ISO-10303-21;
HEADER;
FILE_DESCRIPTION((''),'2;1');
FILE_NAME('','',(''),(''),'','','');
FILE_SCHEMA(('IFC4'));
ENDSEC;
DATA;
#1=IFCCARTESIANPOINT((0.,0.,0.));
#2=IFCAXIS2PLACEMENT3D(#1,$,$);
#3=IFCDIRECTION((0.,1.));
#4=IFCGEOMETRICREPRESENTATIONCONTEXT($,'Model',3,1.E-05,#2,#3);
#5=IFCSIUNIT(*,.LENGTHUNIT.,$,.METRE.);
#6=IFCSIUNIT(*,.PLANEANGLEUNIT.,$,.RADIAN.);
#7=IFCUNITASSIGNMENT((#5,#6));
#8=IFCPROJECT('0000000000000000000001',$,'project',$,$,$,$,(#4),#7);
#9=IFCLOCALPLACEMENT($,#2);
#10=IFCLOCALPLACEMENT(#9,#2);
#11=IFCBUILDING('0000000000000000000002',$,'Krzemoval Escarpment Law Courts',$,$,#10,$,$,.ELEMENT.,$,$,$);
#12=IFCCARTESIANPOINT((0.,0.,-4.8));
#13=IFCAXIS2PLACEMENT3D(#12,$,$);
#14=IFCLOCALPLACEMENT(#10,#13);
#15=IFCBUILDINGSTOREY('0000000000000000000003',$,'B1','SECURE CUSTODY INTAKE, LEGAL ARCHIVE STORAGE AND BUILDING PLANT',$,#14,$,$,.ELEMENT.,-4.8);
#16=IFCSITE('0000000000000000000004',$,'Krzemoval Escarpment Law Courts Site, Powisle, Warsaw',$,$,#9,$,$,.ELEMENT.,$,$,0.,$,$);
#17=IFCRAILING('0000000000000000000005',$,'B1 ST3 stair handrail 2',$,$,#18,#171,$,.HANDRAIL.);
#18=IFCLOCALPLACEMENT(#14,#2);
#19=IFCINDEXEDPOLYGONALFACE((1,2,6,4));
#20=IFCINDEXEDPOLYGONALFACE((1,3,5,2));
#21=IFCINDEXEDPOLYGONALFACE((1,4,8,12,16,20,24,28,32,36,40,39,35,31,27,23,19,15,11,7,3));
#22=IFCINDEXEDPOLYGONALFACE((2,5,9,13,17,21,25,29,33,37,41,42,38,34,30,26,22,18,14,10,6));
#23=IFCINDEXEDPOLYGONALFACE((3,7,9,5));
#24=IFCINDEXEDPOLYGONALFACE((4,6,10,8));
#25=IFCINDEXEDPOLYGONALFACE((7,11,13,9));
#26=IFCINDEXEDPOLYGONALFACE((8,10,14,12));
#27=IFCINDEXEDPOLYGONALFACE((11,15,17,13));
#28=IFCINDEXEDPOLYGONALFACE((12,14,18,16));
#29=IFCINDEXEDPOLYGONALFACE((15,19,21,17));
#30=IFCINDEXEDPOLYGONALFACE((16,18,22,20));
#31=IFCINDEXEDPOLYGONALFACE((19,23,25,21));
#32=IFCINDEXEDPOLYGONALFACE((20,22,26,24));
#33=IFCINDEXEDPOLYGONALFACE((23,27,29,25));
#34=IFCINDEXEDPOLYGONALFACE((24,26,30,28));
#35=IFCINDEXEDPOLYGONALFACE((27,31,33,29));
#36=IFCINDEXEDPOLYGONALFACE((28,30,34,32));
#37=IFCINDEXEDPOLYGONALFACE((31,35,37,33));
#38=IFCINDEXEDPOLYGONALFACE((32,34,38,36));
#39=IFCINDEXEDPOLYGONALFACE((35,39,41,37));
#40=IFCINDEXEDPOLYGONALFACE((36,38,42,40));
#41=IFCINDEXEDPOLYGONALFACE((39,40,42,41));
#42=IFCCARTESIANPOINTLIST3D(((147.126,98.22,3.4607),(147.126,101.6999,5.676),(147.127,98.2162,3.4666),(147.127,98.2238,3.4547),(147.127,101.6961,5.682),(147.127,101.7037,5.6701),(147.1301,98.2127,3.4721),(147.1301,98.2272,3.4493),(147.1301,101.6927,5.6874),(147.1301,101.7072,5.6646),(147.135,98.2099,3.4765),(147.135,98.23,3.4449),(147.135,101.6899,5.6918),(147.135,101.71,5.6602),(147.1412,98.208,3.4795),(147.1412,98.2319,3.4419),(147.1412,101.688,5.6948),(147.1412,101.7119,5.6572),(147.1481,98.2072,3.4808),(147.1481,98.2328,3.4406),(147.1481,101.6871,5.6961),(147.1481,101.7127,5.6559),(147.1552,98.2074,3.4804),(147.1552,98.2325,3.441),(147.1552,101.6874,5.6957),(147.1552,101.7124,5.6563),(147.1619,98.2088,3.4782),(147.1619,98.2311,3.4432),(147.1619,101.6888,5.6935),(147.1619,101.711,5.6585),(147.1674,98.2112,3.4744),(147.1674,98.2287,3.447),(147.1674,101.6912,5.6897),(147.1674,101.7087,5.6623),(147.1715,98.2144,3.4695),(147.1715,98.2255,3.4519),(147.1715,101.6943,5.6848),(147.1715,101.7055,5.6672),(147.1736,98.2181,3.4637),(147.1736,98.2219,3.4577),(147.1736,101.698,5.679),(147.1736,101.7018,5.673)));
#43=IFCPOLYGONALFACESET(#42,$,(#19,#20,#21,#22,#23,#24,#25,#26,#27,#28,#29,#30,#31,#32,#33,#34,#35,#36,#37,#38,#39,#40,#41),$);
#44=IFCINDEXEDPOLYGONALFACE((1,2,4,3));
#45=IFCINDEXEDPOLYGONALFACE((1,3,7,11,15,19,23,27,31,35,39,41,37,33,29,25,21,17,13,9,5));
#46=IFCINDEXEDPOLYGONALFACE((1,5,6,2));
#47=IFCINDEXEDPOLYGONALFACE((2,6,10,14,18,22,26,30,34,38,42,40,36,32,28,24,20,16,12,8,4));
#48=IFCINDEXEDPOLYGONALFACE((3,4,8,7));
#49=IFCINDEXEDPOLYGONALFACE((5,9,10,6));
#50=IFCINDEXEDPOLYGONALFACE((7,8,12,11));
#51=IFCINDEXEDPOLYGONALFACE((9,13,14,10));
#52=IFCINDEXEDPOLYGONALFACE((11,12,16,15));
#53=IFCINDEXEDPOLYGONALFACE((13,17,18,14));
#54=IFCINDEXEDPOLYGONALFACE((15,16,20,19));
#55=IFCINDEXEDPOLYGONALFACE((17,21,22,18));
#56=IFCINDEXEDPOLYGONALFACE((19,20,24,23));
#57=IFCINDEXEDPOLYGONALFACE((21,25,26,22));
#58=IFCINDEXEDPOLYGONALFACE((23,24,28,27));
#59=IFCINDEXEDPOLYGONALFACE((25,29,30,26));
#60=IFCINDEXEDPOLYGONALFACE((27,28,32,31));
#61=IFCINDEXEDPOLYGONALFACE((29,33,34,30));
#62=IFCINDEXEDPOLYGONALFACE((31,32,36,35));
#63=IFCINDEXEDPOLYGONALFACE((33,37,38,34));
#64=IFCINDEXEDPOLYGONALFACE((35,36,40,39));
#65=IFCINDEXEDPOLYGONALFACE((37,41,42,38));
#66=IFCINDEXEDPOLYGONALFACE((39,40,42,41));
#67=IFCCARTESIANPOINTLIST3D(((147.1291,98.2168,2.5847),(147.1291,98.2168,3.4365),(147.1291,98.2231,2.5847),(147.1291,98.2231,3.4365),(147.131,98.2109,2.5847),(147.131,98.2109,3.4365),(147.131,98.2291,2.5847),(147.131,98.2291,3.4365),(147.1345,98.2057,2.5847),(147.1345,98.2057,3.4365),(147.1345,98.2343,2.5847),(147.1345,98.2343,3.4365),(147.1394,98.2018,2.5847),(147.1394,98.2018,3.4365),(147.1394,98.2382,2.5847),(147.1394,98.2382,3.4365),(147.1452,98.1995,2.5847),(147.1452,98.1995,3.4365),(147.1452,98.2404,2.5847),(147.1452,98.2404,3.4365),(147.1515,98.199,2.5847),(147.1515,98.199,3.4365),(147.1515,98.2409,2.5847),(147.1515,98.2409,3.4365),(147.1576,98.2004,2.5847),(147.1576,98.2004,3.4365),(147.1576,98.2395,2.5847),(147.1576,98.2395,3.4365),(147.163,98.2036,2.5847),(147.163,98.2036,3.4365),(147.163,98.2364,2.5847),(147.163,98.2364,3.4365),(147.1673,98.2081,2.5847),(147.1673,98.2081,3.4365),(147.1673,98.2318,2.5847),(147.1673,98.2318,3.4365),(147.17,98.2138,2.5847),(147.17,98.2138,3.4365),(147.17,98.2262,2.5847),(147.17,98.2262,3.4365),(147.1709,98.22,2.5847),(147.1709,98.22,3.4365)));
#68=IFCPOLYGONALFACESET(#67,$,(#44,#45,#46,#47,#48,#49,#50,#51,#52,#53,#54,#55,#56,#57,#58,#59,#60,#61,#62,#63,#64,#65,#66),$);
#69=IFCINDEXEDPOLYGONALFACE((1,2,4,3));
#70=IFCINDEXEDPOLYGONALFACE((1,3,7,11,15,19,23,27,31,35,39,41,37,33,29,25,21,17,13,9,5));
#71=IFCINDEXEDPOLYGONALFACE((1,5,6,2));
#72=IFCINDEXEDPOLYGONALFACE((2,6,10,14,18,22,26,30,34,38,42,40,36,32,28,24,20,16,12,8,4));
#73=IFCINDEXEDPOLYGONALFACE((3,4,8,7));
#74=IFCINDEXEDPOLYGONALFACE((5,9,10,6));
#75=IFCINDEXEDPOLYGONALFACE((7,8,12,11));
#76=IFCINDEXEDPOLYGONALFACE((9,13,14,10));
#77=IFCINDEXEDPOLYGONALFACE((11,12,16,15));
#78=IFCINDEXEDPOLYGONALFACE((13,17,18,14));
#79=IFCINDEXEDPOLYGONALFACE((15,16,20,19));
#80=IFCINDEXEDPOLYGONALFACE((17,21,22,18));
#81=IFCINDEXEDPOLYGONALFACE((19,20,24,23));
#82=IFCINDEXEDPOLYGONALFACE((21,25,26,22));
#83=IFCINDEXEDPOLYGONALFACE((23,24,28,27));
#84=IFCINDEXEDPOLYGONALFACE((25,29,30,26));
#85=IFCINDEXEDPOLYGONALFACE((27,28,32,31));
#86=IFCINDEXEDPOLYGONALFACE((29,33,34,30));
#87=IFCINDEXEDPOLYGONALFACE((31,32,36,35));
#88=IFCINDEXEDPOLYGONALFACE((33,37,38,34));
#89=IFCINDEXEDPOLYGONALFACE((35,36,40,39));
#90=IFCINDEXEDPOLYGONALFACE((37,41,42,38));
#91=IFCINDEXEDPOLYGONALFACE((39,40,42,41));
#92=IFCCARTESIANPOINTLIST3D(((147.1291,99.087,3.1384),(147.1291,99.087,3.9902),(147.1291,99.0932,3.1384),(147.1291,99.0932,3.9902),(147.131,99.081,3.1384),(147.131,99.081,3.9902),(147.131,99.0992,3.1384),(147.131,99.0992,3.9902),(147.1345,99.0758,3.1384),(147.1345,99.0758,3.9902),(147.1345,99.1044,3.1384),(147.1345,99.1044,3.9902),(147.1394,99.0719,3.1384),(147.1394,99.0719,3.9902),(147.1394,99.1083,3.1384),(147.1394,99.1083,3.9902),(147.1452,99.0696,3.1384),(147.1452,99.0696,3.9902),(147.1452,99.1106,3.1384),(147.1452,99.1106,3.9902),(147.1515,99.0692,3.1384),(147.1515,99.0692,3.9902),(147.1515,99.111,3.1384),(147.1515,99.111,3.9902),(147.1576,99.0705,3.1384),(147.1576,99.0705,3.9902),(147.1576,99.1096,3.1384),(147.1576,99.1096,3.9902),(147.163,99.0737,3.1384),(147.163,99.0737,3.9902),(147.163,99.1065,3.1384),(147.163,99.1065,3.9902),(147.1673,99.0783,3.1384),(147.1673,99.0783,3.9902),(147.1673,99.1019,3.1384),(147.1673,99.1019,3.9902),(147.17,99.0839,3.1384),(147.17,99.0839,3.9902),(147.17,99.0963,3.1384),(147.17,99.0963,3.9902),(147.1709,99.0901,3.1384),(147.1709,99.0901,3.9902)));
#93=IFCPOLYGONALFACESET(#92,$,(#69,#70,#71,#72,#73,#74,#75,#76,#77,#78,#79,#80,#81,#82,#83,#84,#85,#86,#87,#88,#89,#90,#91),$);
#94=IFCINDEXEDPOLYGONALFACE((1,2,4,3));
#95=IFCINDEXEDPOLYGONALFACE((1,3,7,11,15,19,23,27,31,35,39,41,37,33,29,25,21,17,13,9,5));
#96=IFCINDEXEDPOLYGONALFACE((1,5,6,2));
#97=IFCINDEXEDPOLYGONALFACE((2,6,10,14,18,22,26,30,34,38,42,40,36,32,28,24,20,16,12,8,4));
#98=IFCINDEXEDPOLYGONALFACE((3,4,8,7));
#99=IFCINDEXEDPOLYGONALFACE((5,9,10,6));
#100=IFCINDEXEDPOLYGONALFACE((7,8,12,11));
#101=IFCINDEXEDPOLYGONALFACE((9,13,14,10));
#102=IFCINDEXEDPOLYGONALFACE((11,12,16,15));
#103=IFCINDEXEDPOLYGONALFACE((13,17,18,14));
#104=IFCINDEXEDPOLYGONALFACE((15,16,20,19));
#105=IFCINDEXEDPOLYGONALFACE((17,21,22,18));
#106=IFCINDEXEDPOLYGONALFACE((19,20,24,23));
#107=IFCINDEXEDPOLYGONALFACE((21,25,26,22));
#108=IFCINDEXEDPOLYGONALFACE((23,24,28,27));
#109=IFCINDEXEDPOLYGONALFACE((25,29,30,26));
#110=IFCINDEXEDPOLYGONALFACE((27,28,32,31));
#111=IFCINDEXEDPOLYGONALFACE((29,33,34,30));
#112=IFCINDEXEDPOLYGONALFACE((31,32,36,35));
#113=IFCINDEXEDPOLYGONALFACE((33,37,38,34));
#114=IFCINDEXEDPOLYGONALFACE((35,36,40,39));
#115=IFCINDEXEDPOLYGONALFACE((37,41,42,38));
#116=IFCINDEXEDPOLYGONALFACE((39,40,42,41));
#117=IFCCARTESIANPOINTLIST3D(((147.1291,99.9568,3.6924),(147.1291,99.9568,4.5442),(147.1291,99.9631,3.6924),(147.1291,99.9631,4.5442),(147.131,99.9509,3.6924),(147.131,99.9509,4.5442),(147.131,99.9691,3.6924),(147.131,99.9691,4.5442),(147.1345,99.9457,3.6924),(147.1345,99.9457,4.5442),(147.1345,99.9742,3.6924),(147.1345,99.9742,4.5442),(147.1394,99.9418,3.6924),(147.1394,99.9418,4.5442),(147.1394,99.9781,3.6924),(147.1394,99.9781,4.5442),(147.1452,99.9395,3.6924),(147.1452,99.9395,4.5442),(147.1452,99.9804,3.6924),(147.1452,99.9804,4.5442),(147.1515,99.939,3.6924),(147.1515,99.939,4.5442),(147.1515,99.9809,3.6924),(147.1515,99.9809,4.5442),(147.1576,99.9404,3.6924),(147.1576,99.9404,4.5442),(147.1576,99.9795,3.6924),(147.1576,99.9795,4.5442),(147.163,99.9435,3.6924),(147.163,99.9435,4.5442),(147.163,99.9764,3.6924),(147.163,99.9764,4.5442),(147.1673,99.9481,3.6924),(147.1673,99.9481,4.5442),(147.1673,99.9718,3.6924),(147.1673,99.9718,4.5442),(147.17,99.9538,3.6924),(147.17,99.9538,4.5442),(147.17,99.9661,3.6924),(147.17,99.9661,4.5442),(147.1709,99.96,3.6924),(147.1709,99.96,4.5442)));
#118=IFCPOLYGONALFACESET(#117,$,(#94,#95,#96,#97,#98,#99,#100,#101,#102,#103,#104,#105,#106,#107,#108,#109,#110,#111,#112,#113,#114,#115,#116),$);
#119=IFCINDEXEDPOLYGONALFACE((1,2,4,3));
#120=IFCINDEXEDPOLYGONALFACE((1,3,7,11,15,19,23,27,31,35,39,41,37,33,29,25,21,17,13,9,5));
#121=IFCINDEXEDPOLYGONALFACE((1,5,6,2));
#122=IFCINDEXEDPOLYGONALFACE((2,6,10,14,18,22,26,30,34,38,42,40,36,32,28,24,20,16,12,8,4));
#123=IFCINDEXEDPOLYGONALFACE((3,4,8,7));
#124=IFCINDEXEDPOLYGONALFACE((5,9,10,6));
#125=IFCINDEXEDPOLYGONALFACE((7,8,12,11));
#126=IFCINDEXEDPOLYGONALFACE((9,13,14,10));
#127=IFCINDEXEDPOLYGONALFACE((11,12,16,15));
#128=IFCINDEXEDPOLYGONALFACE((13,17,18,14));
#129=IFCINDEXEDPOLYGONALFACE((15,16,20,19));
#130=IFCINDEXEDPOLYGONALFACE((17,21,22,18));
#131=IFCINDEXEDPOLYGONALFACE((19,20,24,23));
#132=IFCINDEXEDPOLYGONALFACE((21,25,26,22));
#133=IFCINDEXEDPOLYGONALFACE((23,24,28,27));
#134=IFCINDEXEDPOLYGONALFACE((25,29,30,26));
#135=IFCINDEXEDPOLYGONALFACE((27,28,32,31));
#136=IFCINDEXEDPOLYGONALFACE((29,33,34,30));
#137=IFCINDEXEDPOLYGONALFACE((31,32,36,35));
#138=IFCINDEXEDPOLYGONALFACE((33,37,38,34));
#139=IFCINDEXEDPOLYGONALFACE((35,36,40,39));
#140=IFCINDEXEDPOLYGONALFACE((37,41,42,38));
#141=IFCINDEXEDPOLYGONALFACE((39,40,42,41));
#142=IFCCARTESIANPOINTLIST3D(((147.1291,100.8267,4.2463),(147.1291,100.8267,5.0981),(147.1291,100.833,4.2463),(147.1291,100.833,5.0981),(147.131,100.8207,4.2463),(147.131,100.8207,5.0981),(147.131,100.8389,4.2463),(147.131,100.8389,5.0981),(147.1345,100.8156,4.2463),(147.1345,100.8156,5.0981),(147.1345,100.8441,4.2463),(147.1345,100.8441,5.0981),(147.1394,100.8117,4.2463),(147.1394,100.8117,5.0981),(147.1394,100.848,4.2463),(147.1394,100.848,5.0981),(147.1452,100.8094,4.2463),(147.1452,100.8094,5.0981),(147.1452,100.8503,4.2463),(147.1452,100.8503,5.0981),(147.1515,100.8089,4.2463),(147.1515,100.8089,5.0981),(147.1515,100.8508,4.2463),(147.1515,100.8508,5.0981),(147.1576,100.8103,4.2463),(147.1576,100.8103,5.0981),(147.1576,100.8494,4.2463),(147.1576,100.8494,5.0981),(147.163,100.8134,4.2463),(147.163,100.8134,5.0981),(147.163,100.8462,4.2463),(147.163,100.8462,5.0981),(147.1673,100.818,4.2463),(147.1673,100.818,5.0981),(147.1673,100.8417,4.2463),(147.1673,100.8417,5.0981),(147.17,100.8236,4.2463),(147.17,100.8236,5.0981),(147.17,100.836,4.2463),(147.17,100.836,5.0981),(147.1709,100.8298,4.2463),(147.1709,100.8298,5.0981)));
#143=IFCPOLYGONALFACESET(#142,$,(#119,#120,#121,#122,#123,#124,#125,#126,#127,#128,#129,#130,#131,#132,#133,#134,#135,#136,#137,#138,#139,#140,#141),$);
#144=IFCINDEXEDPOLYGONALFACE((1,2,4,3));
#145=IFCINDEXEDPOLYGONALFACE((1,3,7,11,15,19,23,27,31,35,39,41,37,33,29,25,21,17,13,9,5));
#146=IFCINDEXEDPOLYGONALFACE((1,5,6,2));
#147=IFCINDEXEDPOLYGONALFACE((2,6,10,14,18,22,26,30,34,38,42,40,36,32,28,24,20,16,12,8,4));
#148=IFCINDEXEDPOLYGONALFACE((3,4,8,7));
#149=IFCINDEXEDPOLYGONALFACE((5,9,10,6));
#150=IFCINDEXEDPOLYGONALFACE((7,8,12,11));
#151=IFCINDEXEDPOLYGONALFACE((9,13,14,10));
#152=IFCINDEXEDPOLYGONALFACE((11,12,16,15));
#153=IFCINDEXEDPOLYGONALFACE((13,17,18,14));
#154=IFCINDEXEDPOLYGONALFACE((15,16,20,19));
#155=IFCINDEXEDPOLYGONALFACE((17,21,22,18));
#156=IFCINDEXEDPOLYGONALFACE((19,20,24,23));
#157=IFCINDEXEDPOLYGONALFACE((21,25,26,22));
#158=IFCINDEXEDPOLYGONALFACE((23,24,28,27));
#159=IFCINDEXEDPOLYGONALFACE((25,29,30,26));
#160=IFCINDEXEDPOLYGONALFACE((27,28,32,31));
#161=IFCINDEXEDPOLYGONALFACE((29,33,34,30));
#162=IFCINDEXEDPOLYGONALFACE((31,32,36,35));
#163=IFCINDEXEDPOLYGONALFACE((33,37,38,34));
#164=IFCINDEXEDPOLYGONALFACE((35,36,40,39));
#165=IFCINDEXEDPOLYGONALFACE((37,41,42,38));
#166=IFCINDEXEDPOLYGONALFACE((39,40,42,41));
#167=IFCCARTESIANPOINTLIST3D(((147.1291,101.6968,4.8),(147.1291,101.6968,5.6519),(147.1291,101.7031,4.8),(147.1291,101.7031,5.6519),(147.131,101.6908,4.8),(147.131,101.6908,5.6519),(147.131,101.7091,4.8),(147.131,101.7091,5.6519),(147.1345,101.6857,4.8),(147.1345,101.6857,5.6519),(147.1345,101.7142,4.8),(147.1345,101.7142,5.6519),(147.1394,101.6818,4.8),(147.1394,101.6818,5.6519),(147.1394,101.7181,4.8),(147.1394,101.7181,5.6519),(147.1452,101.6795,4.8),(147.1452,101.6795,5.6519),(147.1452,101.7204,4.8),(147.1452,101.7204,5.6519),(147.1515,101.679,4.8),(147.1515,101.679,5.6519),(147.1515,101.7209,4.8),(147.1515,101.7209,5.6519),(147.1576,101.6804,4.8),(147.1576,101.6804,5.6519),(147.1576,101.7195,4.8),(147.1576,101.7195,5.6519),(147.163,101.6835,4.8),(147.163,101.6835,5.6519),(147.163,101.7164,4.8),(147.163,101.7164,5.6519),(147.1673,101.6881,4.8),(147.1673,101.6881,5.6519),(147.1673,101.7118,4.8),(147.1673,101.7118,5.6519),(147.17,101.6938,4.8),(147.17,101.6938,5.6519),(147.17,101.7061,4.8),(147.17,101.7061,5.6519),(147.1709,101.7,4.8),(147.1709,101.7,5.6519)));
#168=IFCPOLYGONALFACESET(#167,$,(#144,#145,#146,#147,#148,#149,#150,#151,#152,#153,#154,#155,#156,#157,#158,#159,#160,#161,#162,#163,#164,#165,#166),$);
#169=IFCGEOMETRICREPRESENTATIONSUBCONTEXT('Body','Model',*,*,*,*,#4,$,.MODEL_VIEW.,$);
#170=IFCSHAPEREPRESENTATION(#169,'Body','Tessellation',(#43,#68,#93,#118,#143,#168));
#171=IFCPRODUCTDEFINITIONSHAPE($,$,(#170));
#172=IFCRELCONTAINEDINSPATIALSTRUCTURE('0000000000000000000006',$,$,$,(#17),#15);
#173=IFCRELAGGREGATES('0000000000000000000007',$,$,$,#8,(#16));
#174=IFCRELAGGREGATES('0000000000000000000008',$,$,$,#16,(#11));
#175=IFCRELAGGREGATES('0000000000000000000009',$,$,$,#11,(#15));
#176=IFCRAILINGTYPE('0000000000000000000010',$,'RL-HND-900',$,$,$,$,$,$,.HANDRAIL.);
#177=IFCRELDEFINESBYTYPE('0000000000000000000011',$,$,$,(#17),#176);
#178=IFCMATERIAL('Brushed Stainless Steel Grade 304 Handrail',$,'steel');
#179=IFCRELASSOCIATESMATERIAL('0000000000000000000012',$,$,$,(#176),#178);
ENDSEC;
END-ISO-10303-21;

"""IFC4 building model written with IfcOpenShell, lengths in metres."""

from ifc_helpers import new_model, si_unit, direction, frame, origin, origin_2d, place, context, subcontext, project, spatial, circle, extrude, material, type_object, element, save


model = new_model("IFC4")

# Units and contexts
model_context = context("Model", 3, precision=1e-05, world=origin(), true_north=direction((0.0, 1.0)))
body_context = subcontext(model_context, "Body", "Model", "MODEL_VIEW")
ifc_project = project(units=[si_unit("LENGTHUNIT", "METRE"), si_unit("PLANEANGLEUNIT", "RADIAN")], contexts=[model_context])

# Site, building, storey
site_placement = place(None, origin())
site = spatial("IfcSite", under=ifc_project, at=site_placement, Name="Krzemoval Escarpment Law Courts Site, Powisle, Warsaw", CompositionType="ELEMENT", RefElevation=0.0)
building_placement = place(site_placement, origin())
building = spatial("IfcBuilding", under=site, at=building_placement, Name="Krzemoval Escarpment Law Courts", CompositionType="ELEMENT")
storey_placement = place(building_placement, frame((0.0, 0.0, -4.8)))
storey = spatial("IfcBuildingStorey", under=building, at=storey_placement, Name="B1", Description="SECURE CUSTODY INTAKE, LEGAL ARCHIVE STORAGE AND BUILDING PLANT", CompositionType="ELEMENT", Elevation=-4.8)

# Railing
ifc_material_1 = material(Name="Brushed Stainless Steel Grade 304 Handrail", Category="steel")
railing_type_1 = type_object("IfcRailingType", Name="RL-HND-900", PredefinedType="HANDRAIL", material=ifc_material_1)
railing_1_placement = place(storey_placement, frame((147.1499, 98.22, 2.5847)))
element("IfcRailing", 1, at=railing_1_placement, inside=storey, type_object=railing_type_1, Name="B1 ST3 stair handrail 2", PredefinedType="HANDRAIL", context=body_context, shape_type="SweptSolid", body=[
    extrude(circle(Radius=0.0239, at=origin_2d()), frame((0.0, 0.0, 0.876), z_axis=(0.0, 0.843574, 0.537013), x_axis=(-1.0, 0.0, 0.0)), (0.0, 0.0, 1.0), 4.1252),
    extrude(circle(Radius=0.021, at=origin_2d()), origin(), (0.0, 0.0, 1.0), 0.8518),
    extrude(circle(Radius=0.021, at=origin_2d()), frame((0.0, 0.8701, 0.5537)), (0.0, 0.0, 1.0), 0.8518),
    extrude(circle(Radius=0.021, at=origin_2d()), frame((0.0, 1.74, 1.1077)), (0.0, 0.0, 1.0), 0.8518),
    extrude(circle(Radius=0.021, at=origin_2d()), frame((0.0, 2.6099, 1.6616)), (0.0, 0.0, 1.0), 0.8518),
    extrude(circle(Radius=0.021, at=origin_2d()), frame((0.0, 3.48, 2.2153)), (0.0, 0.0, 1.0), 0.8518),
])

save(model, "model.ifc")
